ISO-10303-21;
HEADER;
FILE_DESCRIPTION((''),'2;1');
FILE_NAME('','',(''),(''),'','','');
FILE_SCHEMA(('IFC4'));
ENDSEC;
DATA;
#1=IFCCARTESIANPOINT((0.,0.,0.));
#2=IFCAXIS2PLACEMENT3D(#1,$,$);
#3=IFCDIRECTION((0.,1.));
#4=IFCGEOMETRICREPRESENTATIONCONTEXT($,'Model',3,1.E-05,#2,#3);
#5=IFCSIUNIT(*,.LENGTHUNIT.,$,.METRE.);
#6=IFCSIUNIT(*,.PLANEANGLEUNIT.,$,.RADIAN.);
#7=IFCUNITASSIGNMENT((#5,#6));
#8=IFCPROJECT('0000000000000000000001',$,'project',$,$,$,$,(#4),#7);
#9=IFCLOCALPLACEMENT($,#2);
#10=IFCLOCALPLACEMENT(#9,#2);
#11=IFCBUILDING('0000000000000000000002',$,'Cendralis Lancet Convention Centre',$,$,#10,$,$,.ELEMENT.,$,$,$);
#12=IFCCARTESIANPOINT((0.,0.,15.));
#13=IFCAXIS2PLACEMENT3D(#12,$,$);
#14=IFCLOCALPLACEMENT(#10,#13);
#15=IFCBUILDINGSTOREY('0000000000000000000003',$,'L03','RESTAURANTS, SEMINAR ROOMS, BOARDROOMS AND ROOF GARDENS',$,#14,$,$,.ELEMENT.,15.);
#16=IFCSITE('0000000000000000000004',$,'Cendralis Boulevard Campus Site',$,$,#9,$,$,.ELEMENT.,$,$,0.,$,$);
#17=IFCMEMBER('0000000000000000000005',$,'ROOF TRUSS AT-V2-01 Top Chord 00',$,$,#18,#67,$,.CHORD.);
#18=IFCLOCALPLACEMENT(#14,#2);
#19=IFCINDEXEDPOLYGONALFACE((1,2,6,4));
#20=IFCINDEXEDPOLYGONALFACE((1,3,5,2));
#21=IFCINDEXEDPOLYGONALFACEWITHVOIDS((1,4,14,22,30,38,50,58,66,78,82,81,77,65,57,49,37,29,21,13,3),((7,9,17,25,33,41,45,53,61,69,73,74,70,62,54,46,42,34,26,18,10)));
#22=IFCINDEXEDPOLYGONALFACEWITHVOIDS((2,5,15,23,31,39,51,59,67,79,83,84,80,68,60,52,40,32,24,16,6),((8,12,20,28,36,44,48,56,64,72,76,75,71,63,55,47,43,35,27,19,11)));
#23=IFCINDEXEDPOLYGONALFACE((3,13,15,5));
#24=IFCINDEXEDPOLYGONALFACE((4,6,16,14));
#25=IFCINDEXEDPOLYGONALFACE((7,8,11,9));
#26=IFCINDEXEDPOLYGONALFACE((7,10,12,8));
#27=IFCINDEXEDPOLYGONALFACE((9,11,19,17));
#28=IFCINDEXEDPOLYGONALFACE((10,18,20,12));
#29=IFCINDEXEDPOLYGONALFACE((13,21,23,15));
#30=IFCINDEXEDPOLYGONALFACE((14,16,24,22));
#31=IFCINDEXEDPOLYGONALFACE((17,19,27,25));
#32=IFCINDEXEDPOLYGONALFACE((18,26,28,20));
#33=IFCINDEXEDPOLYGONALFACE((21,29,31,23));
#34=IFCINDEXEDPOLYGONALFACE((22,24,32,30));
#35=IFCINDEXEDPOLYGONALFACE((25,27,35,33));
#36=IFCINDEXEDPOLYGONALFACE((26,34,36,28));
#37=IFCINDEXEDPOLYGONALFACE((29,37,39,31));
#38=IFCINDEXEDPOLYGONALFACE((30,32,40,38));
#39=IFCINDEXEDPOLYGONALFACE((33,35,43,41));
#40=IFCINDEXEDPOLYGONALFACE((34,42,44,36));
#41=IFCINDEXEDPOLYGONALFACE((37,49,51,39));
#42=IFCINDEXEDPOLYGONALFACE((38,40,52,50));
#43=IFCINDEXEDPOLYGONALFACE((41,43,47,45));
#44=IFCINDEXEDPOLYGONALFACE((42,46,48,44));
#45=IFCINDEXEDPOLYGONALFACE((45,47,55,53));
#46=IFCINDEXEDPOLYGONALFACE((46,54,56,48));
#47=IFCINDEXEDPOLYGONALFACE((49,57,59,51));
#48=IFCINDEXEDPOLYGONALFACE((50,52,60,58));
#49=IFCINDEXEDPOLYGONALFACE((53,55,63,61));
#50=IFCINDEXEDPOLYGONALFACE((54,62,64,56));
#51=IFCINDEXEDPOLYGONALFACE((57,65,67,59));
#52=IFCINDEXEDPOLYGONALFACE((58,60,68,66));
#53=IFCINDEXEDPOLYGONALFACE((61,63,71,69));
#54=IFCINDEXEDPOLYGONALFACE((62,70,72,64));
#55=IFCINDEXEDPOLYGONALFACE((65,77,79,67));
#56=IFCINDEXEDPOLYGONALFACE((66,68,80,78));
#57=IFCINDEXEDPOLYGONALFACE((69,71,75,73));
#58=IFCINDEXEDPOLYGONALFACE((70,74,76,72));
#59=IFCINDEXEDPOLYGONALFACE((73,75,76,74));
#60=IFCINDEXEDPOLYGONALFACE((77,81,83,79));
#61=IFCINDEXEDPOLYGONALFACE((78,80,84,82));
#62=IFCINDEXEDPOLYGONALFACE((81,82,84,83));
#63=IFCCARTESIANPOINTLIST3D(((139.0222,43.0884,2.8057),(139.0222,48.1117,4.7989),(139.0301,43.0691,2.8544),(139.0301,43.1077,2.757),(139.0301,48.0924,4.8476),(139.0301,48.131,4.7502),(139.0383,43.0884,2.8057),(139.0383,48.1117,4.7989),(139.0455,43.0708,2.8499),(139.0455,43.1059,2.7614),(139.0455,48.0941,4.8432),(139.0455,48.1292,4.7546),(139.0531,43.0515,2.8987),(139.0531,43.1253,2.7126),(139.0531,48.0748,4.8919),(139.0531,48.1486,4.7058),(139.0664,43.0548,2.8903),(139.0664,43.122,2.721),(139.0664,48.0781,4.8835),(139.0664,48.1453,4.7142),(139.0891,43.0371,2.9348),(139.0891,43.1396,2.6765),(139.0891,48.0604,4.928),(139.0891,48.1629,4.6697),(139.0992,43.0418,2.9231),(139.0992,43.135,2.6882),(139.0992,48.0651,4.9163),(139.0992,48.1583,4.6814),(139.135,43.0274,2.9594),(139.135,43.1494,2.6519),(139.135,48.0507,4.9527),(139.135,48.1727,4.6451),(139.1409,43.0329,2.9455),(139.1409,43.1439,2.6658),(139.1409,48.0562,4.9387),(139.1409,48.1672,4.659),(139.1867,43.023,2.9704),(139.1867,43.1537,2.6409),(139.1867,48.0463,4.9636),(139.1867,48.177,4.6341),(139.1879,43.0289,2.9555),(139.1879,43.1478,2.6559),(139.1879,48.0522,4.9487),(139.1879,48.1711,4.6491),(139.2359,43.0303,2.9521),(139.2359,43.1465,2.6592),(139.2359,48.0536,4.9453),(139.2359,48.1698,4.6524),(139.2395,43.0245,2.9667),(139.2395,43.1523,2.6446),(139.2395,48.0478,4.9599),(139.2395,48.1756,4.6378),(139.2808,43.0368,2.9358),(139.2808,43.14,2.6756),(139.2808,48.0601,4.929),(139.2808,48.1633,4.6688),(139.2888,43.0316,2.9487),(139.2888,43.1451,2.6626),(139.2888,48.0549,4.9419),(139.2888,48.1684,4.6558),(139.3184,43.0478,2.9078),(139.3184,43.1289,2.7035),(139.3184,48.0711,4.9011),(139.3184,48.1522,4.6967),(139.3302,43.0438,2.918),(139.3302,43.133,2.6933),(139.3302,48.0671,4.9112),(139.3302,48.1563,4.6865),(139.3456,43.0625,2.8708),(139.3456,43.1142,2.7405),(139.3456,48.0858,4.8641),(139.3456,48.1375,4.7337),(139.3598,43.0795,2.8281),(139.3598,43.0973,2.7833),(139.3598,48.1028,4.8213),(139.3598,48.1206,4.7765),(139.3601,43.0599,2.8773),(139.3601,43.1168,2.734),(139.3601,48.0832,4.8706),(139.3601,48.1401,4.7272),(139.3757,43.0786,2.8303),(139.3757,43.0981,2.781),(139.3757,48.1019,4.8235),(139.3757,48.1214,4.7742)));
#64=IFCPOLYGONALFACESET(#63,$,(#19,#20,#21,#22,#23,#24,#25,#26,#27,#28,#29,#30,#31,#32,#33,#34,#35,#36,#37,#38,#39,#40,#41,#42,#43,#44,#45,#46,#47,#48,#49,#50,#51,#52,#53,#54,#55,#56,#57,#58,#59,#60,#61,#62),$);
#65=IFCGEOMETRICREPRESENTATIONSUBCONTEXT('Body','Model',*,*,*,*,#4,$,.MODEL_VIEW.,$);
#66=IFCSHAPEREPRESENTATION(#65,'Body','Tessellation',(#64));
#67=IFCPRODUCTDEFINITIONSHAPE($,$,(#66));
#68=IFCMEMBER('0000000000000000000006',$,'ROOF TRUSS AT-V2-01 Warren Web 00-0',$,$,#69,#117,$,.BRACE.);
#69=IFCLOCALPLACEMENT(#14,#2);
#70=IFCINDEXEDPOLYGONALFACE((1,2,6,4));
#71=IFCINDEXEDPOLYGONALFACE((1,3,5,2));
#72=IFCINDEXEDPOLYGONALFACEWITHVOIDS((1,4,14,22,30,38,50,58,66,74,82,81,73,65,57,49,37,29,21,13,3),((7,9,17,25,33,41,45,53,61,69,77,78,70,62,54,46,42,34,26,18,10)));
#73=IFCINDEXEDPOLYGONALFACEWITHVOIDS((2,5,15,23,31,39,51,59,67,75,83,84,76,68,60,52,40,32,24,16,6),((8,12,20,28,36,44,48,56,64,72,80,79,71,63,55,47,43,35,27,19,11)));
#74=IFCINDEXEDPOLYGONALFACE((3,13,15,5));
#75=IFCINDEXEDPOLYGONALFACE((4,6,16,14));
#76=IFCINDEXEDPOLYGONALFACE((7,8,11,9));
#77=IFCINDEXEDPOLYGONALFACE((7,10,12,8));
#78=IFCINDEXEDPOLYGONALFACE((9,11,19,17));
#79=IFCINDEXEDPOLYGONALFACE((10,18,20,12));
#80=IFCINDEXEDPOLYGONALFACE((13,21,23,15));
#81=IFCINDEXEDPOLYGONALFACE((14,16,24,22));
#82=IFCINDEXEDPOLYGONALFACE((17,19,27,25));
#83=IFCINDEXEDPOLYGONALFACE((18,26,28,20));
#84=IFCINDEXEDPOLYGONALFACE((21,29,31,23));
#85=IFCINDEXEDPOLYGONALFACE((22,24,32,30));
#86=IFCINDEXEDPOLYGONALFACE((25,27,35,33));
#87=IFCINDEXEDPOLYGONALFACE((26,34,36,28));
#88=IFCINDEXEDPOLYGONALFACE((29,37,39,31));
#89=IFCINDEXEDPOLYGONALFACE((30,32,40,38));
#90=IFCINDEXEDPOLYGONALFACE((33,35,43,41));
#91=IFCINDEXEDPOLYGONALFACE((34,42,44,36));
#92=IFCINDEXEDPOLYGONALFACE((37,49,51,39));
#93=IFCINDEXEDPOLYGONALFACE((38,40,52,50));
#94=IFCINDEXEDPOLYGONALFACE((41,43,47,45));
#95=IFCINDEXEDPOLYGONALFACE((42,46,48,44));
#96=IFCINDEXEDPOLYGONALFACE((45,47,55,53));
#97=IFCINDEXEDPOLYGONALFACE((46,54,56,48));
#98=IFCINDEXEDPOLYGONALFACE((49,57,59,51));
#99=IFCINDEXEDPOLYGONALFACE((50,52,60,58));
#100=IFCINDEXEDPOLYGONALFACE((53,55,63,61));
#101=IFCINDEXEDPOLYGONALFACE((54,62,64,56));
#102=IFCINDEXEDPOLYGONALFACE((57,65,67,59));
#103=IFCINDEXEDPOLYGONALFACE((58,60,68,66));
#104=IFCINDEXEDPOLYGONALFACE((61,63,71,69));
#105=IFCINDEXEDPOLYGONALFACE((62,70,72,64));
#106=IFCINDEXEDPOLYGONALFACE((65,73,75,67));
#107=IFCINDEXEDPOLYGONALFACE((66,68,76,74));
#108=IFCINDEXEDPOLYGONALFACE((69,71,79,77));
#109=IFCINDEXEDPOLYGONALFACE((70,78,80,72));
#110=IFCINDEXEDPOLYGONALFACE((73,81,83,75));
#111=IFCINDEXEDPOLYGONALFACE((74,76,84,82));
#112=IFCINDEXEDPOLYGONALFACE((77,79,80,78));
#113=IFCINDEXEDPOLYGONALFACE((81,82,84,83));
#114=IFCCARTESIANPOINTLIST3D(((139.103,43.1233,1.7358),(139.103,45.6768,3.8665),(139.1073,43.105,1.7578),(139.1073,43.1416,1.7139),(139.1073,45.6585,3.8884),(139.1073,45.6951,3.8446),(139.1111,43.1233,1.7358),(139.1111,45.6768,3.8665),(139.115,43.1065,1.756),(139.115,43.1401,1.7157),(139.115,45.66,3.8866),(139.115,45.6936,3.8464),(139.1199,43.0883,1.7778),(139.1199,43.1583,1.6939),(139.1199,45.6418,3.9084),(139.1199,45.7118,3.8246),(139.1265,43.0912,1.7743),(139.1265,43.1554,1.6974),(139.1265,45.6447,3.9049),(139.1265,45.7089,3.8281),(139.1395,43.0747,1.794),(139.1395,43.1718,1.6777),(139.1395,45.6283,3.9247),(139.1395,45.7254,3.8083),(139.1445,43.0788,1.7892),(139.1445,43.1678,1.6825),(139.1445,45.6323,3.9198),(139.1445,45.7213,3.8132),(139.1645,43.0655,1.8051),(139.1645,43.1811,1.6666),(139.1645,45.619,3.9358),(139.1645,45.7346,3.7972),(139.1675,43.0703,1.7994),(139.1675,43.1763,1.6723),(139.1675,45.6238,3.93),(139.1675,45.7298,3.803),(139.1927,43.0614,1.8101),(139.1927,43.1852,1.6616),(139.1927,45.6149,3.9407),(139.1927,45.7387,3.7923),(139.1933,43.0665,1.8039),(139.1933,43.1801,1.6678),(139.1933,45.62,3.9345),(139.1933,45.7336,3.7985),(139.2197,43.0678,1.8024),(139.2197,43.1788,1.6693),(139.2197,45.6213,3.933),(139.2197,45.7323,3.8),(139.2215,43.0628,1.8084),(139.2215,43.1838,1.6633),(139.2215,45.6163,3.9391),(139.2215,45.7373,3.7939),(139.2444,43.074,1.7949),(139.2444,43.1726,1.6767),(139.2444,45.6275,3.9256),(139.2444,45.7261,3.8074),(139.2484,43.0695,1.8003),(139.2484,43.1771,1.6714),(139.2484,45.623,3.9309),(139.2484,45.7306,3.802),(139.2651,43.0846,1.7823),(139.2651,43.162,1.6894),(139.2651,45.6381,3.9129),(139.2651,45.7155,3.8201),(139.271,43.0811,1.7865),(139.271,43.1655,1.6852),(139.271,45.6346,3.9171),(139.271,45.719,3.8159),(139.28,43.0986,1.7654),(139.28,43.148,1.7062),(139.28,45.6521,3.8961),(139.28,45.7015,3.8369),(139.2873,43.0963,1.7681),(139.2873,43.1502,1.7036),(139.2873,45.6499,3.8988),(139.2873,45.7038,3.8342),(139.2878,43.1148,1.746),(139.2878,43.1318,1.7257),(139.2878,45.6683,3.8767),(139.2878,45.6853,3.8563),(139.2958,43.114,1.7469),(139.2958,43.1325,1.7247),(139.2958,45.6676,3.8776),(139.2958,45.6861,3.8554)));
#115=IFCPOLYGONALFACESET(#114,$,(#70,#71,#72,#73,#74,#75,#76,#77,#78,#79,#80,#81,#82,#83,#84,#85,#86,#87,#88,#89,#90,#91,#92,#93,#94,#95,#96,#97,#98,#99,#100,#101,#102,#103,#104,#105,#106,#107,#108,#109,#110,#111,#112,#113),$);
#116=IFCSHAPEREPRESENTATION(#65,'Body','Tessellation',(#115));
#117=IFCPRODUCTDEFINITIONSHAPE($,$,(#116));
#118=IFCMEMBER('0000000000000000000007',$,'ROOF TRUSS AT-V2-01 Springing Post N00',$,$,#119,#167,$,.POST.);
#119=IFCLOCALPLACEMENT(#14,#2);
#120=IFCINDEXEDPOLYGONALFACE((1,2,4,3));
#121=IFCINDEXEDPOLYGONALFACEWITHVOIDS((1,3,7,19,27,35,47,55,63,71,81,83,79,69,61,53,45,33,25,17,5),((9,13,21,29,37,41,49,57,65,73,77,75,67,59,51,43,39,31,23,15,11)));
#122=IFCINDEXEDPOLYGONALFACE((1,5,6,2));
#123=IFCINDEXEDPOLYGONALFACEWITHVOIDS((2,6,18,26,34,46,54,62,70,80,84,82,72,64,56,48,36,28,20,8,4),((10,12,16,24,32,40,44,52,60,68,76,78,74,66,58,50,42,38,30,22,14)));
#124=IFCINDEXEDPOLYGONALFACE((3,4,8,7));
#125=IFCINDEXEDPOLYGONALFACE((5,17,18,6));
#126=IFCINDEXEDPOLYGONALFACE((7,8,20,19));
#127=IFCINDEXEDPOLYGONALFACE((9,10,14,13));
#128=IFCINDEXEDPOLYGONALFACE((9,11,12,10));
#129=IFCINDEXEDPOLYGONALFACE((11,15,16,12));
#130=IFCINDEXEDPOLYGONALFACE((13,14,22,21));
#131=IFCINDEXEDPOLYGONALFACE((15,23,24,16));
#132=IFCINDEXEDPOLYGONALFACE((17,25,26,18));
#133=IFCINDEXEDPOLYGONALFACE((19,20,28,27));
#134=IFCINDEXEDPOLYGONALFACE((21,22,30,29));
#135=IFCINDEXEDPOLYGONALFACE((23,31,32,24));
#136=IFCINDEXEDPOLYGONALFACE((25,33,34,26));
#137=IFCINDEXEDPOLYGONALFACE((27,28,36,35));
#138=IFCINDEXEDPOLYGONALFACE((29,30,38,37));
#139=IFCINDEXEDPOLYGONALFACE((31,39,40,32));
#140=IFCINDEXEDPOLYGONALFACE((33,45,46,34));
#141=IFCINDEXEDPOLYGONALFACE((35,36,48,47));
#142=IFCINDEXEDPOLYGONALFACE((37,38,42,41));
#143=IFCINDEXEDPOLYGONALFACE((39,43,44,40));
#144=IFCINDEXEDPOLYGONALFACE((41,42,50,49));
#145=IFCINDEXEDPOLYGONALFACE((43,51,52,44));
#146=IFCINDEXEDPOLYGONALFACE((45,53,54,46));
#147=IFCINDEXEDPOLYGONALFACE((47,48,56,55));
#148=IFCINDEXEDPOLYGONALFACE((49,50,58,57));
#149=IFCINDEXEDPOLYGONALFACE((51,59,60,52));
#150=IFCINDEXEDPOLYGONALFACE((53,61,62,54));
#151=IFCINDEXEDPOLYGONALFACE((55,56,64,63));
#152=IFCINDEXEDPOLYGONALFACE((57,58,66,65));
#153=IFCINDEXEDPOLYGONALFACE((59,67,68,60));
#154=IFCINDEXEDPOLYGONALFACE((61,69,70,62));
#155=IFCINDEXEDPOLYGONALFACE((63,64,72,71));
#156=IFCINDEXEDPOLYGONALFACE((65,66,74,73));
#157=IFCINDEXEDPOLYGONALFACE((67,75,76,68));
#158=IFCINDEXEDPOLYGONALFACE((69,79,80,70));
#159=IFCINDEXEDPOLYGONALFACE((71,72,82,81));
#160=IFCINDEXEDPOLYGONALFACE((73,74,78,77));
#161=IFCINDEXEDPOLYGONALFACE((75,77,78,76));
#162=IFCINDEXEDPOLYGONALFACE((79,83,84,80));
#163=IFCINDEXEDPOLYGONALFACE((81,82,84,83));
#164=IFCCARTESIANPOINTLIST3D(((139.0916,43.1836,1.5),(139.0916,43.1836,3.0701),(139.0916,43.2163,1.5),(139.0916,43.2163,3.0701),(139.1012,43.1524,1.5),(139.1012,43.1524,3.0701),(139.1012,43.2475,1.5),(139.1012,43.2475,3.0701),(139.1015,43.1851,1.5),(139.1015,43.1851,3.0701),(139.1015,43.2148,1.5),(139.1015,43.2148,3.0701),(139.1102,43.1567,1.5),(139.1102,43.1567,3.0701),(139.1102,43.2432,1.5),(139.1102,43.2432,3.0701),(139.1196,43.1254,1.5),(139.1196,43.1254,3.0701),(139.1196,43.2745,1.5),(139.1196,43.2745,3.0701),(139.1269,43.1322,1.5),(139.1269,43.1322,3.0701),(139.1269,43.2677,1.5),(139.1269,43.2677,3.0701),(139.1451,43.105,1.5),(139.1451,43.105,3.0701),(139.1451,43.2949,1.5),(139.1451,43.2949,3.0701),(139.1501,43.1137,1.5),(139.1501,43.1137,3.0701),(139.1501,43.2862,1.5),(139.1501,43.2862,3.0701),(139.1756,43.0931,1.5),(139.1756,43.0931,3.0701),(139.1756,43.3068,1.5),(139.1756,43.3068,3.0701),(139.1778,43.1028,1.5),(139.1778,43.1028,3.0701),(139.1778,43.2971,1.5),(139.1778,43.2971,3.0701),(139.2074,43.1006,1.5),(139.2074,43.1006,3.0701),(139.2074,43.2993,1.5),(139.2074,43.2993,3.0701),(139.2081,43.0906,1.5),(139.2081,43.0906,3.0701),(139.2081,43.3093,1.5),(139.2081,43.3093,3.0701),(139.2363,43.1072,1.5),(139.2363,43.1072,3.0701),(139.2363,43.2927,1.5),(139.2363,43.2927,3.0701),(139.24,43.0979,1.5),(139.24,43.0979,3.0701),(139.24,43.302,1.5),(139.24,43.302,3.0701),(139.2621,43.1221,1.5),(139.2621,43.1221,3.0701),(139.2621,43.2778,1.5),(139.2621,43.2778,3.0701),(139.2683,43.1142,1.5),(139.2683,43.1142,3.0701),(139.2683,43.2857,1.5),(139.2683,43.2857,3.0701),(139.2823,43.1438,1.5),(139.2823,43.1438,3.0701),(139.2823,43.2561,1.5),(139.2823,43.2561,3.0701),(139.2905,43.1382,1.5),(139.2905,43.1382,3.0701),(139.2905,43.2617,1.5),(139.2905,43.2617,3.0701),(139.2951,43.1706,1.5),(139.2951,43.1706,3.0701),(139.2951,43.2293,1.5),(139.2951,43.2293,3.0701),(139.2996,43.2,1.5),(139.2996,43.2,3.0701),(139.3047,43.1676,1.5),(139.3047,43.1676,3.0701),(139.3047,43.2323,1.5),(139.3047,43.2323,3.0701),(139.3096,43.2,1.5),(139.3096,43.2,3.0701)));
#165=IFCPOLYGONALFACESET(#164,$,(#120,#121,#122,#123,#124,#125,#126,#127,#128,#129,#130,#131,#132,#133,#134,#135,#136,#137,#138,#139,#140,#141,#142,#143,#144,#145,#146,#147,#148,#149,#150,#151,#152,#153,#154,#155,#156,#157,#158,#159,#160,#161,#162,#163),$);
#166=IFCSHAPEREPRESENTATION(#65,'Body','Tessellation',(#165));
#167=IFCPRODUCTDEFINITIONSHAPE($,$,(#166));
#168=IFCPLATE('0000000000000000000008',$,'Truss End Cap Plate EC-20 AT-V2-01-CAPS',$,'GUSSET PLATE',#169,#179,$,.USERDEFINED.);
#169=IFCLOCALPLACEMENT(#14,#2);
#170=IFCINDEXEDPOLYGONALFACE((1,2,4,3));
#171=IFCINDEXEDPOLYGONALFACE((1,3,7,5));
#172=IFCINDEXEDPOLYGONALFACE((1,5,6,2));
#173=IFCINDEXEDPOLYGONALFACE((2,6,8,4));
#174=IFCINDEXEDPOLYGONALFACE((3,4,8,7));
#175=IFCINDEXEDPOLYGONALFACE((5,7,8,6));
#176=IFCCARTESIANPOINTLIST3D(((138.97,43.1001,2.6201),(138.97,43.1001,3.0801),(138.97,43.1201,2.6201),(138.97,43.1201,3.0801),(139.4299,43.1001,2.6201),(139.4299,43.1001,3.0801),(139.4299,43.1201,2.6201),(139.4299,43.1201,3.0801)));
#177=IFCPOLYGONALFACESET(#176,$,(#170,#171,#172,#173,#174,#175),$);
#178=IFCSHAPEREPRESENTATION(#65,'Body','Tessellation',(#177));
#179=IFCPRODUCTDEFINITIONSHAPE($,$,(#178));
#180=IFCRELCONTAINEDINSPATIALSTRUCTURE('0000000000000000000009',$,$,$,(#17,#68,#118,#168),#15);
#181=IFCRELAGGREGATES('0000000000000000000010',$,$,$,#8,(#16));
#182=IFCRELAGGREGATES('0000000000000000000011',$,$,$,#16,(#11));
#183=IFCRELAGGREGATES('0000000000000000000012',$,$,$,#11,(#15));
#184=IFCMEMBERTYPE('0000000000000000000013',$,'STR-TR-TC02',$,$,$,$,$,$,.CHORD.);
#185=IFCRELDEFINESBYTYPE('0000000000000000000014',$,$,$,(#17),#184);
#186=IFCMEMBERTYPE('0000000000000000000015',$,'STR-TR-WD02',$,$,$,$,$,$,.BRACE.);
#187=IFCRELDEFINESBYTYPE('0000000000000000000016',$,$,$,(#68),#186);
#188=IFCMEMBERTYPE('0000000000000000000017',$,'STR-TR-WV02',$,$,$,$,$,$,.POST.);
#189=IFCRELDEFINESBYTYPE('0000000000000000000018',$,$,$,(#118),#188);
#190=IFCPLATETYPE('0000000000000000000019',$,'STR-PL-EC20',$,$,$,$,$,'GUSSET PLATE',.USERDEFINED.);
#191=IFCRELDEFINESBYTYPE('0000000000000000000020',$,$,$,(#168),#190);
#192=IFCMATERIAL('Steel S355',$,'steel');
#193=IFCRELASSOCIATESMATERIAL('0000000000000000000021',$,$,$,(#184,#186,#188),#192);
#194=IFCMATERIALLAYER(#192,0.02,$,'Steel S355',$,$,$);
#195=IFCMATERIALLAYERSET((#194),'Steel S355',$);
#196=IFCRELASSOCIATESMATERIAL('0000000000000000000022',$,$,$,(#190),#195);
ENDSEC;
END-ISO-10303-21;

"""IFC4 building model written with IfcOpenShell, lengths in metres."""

from ifc_helpers import new_model, si_unit, direction, frame, origin, origin_2d, place, context, subcontext, project, spatial, rectangle, hollow_circle, extrude, material, layer, layer_set, material_profile, profile_set, type_object, element, save


model = new_model("IFC4")

# Units and contexts
model_context = context("Model", 3, precision=1e-05, world=origin(), true_north=direction((0.0, 1.0)))
body_context = subcontext(model_context, "Body", "Model", "MODEL_VIEW")
ifc_project = project(units=[si_unit("LENGTHUNIT", "METRE"), si_unit("PLANEANGLEUNIT", "RADIAN")], contexts=[model_context])

# Site, building, storey
site_placement = place(None, origin())
site = spatial("IfcSite", under=ifc_project, at=site_placement, Name="Cendralis Boulevard Campus Site", CompositionType="ELEMENT", RefElevation=0.0)
building_placement = place(site_placement, origin())
building = spatial("IfcBuilding", under=site, at=building_placement, Name="Cendralis Lancet Convention Centre", CompositionType="ELEMENT")
storey_placement = place(building_placement, frame((0.0, 0.0, 15.0)))
storey = spatial("IfcBuildingStorey", under=building, at=storey_placement, Name="L03", Description="RESTAURANTS, SEMINAR ROOMS, BOARDROOMS AND ROOF GARDENS", CompositionType="ELEMENT", Elevation=15.0)

# Members
ifc_material_1 = material(Name="Steel S355", Category="steel")
ifc_material_profile_1 = material_profile(ifc_material_1, hollow_circle(Radius=0.1777, WallThickness=0.0161, at=origin_2d()), Name="CHS 355.6x16.0")
ifc_profile_set_1 = profile_set([ifc_material_profile_1], Name="Steel S355")
member_type_1 = type_object("IfcMemberType", Name="STR-TR-TC02", PredefinedType="CHORD", material=ifc_profile_set_1)
member_1_placement = place(storey_placement, frame((139.2, 43.0884, 2.8057), z_axis=(0.0, 0.929501, 0.368819), x_axis=(-1.0, 0.0, 0.0)))
element("IfcMember", 1, at=member_1_placement, inside=storey, type_object=member_type_1, Name="ROOF TRUSS AT-V2-01 Top Chord 00", PredefinedType="CHORD", context=body_context, shape_type="SweptSolid", body=[
    extrude(hollow_circle(Radius=0.1777, WallThickness=0.0161, at=origin_2d()), origin(), (0.0, 0.0, 1.0), 5.4043),
])
ifc_material_profile_2 = material_profile(ifc_material_1, hollow_circle(Radius=0.0969, WallThickness=0.0081, at=origin_2d()), Name="CHS 193.7x8.0")
ifc_profile_set_2 = profile_set([ifc_material_profile_2], Name="Steel S355")
member_type_2 = type_object("IfcMemberType", Name="STR-TR-WD02", PredefinedType="BRACE", material=ifc_profile_set_2)
member_2_placement = place(storey_placement, frame((139.2, 43.1233, 1.7358), z_axis=(0.0, 0.767818, 0.640668), x_axis=(-1.0, 0.0, 0.0)))
element("IfcMember", 2, at=member_2_placement, inside=storey, type_object=member_type_2, Name="ROOF TRUSS AT-V2-01 Warren Web 00-0", PredefinedType="BRACE", context=body_context, shape_type="SweptSolid", body=[
    extrude(hollow_circle(Radius=0.0969, WallThickness=0.0081, at=origin_2d()), origin(), (0.0, 0.0, 1.0), 3.3257),
])
ifc_material_profile_3 = material_profile(ifc_material_1, hollow_circle(Radius=0.1096, WallThickness=0.01, at=origin_2d()), Name="CHS 219.1x10.0")
ifc_profile_set_3 = profile_set([ifc_material_profile_3], Name="Steel S355")
member_type_3 = type_object("IfcMemberType", Name="STR-TR-WV02", PredefinedType="POST", material=ifc_profile_set_3)
member_3_placement = place(storey_placement, frame((139.2, 43.2, 1.5), z_axis=(0.0, 0.0, 1.0), x_axis=(1.0, 0.0, 0.0)))
element("IfcMember", 3, at=member_3_placement, inside=storey, type_object=member_type_3, Name="ROOF TRUSS AT-V2-01 Springing Post N00", PredefinedType="POST", context=body_context, shape_type="SweptSolid", body=[
    extrude(hollow_circle(Radius=0.1096, WallThickness=0.01, at=origin_2d()), origin(), (0.0, 0.0, 1.0), 1.5701),
])

# Plate
ifc_layer_1 = layer(ifc_material_1, 0.02, Name="Steel S355")
ifc_layer_set_1 = layer_set([ifc_layer_1], Name="Steel S355")
plate_type = type_object("IfcPlateType", Name="STR-PL-EC20", ElementType="GUSSET PLATE", PredefinedType="USERDEFINED", material=ifc_layer_set_1)
plate_placement = place(storey_placement, frame((139.2, 43.1101, 2.6201), z_axis=(0.0, 0.0, 1.0), x_axis=(1.0, 0.0, 0.0)))
element("IfcPlate", 4, at=plate_placement, inside=storey, type_object=plate_type, Name="Truss End Cap Plate EC-20 AT-V2-01-CAPS", ObjectType="GUSSET PLATE", PredefinedType="USERDEFINED", context=body_context, shape_type="SweptSolid", body=[
    extrude(rectangle(XDim=0.46, YDim=0.02, at=origin_2d()), origin(), (0.0, 0.0, 1.0), 0.46),
])

save(model, "model.ifc")
